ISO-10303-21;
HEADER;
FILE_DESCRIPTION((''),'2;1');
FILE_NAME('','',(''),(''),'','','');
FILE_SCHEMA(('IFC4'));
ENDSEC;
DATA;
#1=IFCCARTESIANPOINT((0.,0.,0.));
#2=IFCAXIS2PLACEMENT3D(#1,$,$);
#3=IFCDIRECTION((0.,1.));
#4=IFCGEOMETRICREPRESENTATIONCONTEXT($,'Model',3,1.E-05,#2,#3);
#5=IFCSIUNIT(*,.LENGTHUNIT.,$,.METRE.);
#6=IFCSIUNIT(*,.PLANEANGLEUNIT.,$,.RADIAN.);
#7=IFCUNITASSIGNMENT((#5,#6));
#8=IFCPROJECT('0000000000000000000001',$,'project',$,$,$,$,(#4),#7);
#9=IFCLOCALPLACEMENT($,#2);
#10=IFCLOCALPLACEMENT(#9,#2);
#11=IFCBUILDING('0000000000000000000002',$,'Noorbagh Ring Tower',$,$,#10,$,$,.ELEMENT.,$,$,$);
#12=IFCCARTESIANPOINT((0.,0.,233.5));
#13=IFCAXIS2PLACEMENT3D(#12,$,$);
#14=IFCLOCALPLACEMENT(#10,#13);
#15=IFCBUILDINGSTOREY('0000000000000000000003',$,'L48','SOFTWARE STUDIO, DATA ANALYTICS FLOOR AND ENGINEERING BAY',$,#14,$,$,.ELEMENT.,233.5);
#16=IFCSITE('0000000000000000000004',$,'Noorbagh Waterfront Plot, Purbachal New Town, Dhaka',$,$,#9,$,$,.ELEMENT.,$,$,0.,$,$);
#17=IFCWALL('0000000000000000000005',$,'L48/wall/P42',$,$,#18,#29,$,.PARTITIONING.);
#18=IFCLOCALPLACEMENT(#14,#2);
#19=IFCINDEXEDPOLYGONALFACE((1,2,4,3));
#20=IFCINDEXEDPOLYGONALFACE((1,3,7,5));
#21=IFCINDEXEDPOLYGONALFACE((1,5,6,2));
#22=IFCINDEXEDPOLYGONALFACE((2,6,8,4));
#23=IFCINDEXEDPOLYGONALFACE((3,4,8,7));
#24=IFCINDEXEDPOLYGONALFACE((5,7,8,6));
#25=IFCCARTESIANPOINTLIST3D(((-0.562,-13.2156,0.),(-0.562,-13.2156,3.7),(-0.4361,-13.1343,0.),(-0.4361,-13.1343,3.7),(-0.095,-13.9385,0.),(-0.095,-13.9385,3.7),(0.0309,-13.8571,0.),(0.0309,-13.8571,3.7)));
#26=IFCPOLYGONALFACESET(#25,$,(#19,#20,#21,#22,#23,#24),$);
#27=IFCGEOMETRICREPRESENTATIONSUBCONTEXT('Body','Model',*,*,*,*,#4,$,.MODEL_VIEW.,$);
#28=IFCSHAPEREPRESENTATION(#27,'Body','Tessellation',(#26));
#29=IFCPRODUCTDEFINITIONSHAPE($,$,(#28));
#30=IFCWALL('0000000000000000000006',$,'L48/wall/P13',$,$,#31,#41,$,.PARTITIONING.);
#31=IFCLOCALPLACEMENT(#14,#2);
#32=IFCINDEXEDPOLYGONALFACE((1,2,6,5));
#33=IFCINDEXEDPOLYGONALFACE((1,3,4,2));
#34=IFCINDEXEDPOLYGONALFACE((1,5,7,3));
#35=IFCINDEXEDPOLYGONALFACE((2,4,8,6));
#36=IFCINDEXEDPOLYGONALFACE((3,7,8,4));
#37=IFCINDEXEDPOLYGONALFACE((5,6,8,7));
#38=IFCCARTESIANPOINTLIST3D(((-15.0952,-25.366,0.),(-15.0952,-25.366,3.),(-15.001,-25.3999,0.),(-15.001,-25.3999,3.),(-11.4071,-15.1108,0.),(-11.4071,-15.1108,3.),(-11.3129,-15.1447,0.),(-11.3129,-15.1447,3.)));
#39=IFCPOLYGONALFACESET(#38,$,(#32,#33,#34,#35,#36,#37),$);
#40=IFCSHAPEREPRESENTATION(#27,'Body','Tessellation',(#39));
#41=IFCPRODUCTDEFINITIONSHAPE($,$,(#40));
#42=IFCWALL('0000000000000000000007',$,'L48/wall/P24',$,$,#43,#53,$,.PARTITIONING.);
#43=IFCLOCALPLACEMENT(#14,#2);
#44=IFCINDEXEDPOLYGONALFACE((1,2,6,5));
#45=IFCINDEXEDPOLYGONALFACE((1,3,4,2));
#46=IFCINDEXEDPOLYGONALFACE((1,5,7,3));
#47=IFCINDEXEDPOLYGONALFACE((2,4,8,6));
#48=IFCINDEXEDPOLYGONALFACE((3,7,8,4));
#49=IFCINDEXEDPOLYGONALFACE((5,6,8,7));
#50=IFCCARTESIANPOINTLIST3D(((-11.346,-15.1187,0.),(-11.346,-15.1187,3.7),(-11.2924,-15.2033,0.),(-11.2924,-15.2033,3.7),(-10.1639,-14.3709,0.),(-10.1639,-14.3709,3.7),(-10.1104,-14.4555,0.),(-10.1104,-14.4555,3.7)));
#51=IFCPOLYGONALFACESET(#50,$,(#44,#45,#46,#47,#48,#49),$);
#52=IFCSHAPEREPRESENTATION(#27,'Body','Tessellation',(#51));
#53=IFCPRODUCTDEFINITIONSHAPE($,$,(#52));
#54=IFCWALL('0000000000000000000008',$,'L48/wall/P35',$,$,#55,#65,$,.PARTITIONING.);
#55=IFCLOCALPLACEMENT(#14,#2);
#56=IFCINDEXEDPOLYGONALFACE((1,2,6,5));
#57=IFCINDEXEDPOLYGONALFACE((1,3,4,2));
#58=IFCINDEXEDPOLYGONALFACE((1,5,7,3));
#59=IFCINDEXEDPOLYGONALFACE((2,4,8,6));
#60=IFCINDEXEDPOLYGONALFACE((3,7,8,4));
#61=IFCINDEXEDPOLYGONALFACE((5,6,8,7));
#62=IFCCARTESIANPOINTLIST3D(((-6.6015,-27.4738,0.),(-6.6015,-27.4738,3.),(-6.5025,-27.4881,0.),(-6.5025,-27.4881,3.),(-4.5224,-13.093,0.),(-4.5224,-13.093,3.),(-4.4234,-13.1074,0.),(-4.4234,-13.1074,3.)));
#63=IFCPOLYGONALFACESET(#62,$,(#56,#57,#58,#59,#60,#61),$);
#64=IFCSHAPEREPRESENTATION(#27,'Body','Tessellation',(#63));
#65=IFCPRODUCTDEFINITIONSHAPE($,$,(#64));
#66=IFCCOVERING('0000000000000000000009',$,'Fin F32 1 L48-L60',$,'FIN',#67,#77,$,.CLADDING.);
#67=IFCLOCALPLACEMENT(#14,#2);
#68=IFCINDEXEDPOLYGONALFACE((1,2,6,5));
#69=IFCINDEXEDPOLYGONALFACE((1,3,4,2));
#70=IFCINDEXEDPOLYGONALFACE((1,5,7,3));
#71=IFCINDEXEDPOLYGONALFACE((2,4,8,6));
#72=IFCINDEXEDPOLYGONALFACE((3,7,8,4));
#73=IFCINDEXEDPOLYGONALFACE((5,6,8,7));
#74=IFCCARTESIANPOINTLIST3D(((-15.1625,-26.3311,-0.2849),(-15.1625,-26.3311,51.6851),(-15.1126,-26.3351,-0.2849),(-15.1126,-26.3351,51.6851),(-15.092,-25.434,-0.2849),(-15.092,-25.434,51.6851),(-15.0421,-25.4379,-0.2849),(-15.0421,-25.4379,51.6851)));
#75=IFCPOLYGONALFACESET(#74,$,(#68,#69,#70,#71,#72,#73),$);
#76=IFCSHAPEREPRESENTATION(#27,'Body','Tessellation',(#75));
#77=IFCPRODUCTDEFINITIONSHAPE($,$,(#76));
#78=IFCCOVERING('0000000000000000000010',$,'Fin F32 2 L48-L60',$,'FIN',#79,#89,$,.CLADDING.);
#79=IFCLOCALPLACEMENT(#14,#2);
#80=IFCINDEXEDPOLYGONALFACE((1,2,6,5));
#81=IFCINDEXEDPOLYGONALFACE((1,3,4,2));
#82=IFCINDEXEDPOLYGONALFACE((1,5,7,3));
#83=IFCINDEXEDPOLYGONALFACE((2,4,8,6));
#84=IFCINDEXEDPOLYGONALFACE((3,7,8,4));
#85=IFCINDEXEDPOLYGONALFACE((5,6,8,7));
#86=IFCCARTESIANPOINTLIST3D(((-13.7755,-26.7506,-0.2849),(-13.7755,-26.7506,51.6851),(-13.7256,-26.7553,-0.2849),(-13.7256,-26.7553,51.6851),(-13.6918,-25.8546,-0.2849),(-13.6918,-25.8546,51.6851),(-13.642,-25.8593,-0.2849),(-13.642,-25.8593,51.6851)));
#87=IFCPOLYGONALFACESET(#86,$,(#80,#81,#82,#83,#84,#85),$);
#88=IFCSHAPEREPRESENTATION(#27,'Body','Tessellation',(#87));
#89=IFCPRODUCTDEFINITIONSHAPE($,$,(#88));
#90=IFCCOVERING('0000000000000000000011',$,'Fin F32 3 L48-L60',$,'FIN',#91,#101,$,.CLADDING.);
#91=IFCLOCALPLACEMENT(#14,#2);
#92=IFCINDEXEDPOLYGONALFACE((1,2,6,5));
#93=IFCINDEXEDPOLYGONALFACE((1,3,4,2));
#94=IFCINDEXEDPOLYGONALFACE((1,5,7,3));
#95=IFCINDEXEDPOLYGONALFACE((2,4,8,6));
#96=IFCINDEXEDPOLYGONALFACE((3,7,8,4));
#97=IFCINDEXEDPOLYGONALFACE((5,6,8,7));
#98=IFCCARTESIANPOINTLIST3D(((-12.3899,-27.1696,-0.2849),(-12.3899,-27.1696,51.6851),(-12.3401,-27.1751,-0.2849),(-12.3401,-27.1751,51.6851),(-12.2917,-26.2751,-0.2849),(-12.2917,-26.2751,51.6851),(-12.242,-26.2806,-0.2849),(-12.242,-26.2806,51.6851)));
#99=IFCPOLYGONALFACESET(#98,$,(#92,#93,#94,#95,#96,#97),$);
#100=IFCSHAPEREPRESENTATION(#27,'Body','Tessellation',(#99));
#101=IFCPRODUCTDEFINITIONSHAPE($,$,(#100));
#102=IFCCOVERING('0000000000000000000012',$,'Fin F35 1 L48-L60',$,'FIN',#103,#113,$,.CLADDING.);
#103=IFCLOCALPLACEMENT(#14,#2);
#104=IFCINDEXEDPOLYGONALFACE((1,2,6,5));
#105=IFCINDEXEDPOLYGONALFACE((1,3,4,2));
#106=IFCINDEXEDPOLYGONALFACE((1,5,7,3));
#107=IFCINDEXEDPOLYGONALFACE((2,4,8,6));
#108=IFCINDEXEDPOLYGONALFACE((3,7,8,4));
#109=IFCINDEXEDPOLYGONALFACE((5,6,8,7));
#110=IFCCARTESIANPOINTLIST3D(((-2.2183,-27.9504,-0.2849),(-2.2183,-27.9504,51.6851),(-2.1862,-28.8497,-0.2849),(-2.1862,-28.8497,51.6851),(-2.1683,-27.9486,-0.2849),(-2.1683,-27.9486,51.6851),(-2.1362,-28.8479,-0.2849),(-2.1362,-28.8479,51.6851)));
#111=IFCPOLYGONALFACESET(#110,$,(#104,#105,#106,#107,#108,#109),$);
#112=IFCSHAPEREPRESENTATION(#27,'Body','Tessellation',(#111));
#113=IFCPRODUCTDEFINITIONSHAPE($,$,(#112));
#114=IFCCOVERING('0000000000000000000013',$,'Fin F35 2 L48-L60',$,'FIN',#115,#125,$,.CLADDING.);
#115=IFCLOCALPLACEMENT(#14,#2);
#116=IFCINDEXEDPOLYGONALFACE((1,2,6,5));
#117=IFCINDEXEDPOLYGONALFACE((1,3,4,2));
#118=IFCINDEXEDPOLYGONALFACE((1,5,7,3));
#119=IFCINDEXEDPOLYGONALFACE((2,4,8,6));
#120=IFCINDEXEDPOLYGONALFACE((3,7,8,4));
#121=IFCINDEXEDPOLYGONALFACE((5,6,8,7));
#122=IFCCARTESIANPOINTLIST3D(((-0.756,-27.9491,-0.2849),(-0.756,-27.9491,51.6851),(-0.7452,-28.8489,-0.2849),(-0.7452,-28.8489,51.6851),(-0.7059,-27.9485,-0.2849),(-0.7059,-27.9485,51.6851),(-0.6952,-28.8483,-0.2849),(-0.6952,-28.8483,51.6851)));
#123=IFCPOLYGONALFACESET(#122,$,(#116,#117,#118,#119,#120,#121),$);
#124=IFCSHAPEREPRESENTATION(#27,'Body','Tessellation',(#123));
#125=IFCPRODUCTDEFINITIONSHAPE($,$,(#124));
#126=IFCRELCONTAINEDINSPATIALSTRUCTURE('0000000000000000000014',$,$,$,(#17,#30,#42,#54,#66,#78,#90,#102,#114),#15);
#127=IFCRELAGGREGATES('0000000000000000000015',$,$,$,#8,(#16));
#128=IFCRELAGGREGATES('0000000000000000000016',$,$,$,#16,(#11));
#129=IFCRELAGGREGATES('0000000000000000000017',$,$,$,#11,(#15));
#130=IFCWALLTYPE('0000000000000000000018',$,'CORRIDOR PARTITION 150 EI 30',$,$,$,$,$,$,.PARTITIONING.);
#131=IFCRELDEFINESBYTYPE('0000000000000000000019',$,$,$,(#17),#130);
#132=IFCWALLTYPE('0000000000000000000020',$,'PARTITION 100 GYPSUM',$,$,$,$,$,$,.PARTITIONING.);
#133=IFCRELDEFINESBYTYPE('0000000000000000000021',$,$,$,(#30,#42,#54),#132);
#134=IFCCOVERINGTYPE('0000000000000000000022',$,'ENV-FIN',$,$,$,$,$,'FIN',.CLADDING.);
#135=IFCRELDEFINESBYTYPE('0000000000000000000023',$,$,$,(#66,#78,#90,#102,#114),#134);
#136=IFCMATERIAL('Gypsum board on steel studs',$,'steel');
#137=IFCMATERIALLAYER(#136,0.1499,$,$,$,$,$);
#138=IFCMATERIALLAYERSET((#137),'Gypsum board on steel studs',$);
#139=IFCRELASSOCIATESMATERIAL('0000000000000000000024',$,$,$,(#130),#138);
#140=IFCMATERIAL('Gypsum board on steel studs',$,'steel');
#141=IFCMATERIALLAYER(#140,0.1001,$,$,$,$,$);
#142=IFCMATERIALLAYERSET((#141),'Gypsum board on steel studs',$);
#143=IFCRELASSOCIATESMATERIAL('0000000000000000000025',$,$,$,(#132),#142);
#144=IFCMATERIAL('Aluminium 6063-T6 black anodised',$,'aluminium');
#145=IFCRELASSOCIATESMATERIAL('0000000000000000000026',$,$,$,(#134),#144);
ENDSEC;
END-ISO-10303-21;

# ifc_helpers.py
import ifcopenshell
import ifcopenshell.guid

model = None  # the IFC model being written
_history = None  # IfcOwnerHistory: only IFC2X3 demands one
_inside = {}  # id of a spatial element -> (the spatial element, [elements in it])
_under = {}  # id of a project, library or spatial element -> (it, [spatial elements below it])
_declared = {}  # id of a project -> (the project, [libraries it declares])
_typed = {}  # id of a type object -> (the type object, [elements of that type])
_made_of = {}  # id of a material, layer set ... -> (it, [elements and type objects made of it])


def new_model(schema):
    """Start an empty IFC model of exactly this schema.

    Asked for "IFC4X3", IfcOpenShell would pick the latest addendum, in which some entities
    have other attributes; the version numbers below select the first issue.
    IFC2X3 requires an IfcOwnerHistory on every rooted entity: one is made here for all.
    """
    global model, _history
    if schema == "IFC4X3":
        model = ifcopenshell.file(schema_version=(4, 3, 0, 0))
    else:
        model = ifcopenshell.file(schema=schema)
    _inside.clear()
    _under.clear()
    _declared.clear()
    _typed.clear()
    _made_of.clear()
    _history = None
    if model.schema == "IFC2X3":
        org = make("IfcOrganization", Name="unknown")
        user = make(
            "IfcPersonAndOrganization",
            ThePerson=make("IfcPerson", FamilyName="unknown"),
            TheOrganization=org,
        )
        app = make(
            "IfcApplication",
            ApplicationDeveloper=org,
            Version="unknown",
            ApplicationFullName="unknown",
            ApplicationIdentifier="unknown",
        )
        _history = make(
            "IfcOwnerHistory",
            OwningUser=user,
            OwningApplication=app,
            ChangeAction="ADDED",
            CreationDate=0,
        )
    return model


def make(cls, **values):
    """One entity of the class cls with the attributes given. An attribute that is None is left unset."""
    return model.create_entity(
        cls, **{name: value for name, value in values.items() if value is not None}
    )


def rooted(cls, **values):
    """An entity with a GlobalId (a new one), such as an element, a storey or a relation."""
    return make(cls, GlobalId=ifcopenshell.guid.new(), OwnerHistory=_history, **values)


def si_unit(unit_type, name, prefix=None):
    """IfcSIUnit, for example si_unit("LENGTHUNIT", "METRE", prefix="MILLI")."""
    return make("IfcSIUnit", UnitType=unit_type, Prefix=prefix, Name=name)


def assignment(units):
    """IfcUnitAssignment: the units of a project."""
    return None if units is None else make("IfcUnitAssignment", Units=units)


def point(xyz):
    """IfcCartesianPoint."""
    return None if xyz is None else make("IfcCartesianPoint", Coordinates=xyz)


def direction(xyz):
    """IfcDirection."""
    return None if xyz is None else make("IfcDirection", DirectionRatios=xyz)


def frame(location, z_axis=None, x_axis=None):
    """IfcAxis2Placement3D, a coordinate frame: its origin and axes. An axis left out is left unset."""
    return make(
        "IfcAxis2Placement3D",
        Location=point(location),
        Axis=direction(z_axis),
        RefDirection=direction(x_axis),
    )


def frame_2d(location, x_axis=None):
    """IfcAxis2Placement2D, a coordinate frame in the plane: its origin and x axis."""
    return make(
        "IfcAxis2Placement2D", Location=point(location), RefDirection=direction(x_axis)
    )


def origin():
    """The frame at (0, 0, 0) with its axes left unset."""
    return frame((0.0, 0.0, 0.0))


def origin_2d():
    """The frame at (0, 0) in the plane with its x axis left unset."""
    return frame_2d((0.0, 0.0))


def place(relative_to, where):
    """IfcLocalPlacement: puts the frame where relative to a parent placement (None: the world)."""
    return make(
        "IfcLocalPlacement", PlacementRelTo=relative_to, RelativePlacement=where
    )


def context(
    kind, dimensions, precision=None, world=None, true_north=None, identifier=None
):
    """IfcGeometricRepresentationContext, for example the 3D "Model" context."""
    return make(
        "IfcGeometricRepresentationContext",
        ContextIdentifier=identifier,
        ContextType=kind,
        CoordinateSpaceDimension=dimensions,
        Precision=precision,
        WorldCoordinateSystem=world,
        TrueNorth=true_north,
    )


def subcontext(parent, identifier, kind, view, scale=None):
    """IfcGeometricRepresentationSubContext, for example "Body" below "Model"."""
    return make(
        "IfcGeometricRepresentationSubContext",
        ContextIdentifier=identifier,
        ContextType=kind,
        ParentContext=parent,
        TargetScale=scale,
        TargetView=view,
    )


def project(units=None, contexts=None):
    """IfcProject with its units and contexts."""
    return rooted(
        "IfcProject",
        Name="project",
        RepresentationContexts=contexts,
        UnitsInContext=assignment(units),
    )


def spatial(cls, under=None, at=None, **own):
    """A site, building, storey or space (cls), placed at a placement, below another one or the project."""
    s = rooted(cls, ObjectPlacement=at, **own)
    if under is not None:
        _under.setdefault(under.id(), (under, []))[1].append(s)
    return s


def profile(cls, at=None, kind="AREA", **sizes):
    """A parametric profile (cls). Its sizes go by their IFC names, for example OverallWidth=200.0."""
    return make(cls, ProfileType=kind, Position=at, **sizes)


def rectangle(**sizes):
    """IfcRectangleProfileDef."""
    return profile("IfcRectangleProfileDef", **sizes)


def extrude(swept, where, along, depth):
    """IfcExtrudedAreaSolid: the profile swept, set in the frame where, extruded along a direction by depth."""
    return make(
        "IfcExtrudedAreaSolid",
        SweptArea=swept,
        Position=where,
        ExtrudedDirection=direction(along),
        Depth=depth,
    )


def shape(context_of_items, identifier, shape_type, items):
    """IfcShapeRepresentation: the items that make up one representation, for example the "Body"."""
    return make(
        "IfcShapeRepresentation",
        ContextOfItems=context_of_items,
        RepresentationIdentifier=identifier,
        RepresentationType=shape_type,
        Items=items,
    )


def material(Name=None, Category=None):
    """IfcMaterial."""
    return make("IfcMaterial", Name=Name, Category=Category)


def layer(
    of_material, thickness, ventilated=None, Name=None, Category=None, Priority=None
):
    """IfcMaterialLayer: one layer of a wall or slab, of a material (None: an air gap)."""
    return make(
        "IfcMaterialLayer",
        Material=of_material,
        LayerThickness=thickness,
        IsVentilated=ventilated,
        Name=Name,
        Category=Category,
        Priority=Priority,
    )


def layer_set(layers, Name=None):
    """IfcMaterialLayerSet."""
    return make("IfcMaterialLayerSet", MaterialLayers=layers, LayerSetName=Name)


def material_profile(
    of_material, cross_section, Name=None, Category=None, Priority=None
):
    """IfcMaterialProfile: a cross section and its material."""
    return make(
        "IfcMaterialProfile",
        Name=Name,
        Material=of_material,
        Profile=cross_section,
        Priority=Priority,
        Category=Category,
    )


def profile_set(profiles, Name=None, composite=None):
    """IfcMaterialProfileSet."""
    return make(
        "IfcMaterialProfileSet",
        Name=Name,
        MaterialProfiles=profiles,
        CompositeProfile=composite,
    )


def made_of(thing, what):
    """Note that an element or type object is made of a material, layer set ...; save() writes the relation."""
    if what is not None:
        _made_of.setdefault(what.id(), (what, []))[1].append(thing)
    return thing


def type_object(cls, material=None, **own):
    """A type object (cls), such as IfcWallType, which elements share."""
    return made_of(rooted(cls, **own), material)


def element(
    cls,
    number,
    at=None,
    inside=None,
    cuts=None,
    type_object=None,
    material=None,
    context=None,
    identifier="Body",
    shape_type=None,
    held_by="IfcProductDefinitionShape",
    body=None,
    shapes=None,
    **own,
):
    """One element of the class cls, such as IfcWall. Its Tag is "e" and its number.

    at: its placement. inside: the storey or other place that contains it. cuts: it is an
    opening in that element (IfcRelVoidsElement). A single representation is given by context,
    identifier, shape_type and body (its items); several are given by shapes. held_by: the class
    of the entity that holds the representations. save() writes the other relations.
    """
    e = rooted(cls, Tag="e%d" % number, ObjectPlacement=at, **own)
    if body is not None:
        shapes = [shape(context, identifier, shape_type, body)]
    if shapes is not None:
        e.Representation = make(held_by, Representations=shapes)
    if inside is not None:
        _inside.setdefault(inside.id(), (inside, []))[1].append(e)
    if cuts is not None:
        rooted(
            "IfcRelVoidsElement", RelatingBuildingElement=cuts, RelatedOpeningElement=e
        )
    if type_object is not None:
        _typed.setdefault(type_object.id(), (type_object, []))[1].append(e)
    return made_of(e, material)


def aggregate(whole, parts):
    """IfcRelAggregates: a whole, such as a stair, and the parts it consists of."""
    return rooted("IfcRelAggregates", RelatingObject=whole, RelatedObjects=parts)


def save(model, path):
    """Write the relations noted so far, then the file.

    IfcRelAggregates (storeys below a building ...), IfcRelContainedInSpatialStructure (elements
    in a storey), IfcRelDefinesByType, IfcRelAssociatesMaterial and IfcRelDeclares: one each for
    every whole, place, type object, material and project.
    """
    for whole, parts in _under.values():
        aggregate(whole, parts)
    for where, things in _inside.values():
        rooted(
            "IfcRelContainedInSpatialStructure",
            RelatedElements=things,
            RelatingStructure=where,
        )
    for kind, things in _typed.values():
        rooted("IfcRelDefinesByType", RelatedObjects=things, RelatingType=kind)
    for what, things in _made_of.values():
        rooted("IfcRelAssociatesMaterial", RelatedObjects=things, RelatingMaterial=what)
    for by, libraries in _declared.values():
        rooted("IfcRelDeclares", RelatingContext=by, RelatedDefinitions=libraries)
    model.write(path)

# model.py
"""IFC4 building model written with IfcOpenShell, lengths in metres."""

from ifc_helpers import new_model, si_unit, direction, frame, frame_2d, origin, origin_2d, place, context, subcontext, project, spatial, rectangle, extrude, material, layer, layer_set, material_profile, profile_set, type_object, element, save


model = new_model("IFC4")

# Units and contexts
model_context = context("Model", 3, precision=1e-05, world=origin(), true_north=direction((0.0, 1.0)))
body_context = subcontext(model_context, "Body", "Model", "MODEL_VIEW")
ifc_project = project(units=[si_unit("LENGTHUNIT", "METRE"), si_unit("PLANEANGLEUNIT", "RADIAN")], contexts=[model_context])

# Site, building, storey
site_placement = place(None, origin())
site = spatial("IfcSite", under=ifc_project, at=site_placement, Name="Noorbagh Waterfront Plot, Purbachal New Town, Dhaka", CompositionType="ELEMENT", RefElevation=0.0)
building_placement = place(site_placement, origin())
building = spatial("IfcBuilding", under=site, at=building_placement, Name="Noorbagh Ring Tower", CompositionType="ELEMENT")
storey_placement = place(building_placement, frame((0.0, 0.0, 233.5)))
storey = spatial("IfcBuildingStorey", under=building, at=storey_placement, Name="L48", Description="SOFTWARE STUDIO, DATA ANALYTICS FLOOR AND ENGINEERING BAY", CompositionType="ELEMENT", Elevation=233.5)

# Walls
ifc_material_1 = material(Name="Gypsum board on steel studs", Category="steel")
ifc_layer_1 = layer(ifc_material_1, 0.1499)
ifc_layer_set_1 = layer_set([ifc_layer_1], Name="Gypsum board on steel studs")
wall_type_1 = type_object("IfcWallType", Name="CORRIDOR PARTITION 150 EI 30", PredefinedType="PARTITIONING", material=ifc_layer_set_1)
wall_1_placement = place(storey_placement, frame((-0.499, -13.175, 0.0), z_axis=(0.0, 0.0, 1.0), x_axis=(0.542663, -0.83995, 0.0)))
element("IfcWall", 1, at=wall_1_placement, inside=storey, type_object=wall_type_1, Name="L48/wall/P42", PredefinedType="PARTITIONING", context=body_context, shape_type="SweptSolid", body=[
    extrude(rectangle(XDim=0.8606, YDim=0.1499, at=frame_2d((0.4302, 0.0))), origin(), (0.0, 0.0, 1.0), 3.7),
])
ifc_material_2 = material(Name="Gypsum board on steel studs", Category="steel")
ifc_layer_2 = layer(ifc_material_2, 0.1001)
ifc_layer_set_2 = layer_set([ifc_layer_2], Name="Gypsum board on steel studs")
wall_type_2 = type_object("IfcWallType", Name="PARTITION 100 GYPSUM", PredefinedType="PARTITIONING", material=ifc_layer_set_2)
wall_2_placement = place(storey_placement, frame((-15.0481, -25.3831, 0.0), z_axis=(0.0, 0.0, 1.0), x_axis=(0.338406, 0.941, 0.0)))
element("IfcWall", 2, at=wall_2_placement, inside=storey, type_object=wall_type_2, Name="L48/wall/P13", PredefinedType="PARTITIONING", context=body_context, shape_type="SweptSolid", body=[
    extrude(rectangle(XDim=10.8982, YDim=0.1001, at=frame_2d((5.4492, 0.0))), origin(), (0.0, 0.0, 1.0), 3.0),
])
wall_3_placement = place(storey_placement, frame((-11.3191, -15.1609, 0.0), z_axis=(0.0, 0.0, 1.0), x_axis=(0.845103, 0.534604, 0.0)))
element("IfcWall", 3, at=wall_3_placement, inside=storey, type_object=wall_type_2, Name="L48/wall/P24", PredefinedType="PARTITIONING", context=body_context, shape_type="SweptSolid", body=[
    extrude(rectangle(XDim=1.3987, YDim=0.1001, at=frame_2d((0.6992, 0.0))), origin(), (0.0, 0.0, 1.0), 3.7),
])
wall_4_placement = place(storey_placement, frame((-6.552, -27.481, 0.0), z_axis=(0.0, 0.0, 1.0), x_axis=(0.143087, 0.98971, 0.0)))
element("IfcWall", 4, at=wall_4_placement, inside=storey, type_object=wall_type_2, Name="L48/wall/P35", PredefinedType="PARTITIONING", context=body_context, shape_type="SweptSolid", body=[
    extrude(rectangle(XDim=14.5303, YDim=0.1001, at=frame_2d((7.2651, 0.0))), origin(), (0.0, 0.0, 1.0), 3.0),
])

# Coverings
ifc_material_3 = material(Name="Aluminium 6063-T6 black anodised", Category="aluminium")
ifc_material_profile_1 = material_profile(ifc_material_3, rectangle(XDim=0.8999, YDim=0.05, at=origin_2d()), Name="900x50")
ifc_profile_set_1 = profile_set([ifc_material_profile_1], Name="Aluminium 6063-T6 black anodised")
covering_type = type_object("IfcCoveringType", Name="ENV-FIN", ElementType="FIN", PredefinedType="CLADDING", material=ifc_profile_set_1)
for number, where, z_axis, x_axis, name in (
    (5, (-15.1023, -25.8845, -0.2849), (0.0, 0.0, 1.0), (-0.078357, -0.996925, 0.0), "Fin F32 1 L48-L60"),
    (6, (-13.7087, -26.3049, -0.2849), (0.0, 0.0, 1.0), (-0.092918, -0.995674, 0.0), "Fin F32 2 L48-L60"),
    (7, (-12.3159, -26.7251, -0.2849), (0.0, 0.0, 1.0), (-0.109101, -0.994031, 0.0), "Fin F32 3 L48-L60"),
    (8, (-2.1772, -28.3992, -0.2849), (0.0, 0.0, 1.0), (0.035641, -0.999365, 0.0), "Fin F35 1 L48-L60"),
    (9, (-0.7256, -28.3987, -0.2849), (0.0, 0.0, 1.0), (0.011915, -0.999929, 0.0), "Fin F35 2 L48-L60"),
):
    element("IfcCovering", number, at=place(storey_placement, frame(where, z_axis=z_axis, x_axis=x_axis)), inside=storey, type_object=covering_type, Name=name, ObjectType="FIN", PredefinedType="CLADDING", context=body_context, shape_type="SweptSolid", body=[
        extrude(rectangle(XDim=0.8999, YDim=0.05, at=origin_2d()), origin(), (0.0, 0.0, 1.0), 51.97),
    ])

save(model, "model.ifc")
